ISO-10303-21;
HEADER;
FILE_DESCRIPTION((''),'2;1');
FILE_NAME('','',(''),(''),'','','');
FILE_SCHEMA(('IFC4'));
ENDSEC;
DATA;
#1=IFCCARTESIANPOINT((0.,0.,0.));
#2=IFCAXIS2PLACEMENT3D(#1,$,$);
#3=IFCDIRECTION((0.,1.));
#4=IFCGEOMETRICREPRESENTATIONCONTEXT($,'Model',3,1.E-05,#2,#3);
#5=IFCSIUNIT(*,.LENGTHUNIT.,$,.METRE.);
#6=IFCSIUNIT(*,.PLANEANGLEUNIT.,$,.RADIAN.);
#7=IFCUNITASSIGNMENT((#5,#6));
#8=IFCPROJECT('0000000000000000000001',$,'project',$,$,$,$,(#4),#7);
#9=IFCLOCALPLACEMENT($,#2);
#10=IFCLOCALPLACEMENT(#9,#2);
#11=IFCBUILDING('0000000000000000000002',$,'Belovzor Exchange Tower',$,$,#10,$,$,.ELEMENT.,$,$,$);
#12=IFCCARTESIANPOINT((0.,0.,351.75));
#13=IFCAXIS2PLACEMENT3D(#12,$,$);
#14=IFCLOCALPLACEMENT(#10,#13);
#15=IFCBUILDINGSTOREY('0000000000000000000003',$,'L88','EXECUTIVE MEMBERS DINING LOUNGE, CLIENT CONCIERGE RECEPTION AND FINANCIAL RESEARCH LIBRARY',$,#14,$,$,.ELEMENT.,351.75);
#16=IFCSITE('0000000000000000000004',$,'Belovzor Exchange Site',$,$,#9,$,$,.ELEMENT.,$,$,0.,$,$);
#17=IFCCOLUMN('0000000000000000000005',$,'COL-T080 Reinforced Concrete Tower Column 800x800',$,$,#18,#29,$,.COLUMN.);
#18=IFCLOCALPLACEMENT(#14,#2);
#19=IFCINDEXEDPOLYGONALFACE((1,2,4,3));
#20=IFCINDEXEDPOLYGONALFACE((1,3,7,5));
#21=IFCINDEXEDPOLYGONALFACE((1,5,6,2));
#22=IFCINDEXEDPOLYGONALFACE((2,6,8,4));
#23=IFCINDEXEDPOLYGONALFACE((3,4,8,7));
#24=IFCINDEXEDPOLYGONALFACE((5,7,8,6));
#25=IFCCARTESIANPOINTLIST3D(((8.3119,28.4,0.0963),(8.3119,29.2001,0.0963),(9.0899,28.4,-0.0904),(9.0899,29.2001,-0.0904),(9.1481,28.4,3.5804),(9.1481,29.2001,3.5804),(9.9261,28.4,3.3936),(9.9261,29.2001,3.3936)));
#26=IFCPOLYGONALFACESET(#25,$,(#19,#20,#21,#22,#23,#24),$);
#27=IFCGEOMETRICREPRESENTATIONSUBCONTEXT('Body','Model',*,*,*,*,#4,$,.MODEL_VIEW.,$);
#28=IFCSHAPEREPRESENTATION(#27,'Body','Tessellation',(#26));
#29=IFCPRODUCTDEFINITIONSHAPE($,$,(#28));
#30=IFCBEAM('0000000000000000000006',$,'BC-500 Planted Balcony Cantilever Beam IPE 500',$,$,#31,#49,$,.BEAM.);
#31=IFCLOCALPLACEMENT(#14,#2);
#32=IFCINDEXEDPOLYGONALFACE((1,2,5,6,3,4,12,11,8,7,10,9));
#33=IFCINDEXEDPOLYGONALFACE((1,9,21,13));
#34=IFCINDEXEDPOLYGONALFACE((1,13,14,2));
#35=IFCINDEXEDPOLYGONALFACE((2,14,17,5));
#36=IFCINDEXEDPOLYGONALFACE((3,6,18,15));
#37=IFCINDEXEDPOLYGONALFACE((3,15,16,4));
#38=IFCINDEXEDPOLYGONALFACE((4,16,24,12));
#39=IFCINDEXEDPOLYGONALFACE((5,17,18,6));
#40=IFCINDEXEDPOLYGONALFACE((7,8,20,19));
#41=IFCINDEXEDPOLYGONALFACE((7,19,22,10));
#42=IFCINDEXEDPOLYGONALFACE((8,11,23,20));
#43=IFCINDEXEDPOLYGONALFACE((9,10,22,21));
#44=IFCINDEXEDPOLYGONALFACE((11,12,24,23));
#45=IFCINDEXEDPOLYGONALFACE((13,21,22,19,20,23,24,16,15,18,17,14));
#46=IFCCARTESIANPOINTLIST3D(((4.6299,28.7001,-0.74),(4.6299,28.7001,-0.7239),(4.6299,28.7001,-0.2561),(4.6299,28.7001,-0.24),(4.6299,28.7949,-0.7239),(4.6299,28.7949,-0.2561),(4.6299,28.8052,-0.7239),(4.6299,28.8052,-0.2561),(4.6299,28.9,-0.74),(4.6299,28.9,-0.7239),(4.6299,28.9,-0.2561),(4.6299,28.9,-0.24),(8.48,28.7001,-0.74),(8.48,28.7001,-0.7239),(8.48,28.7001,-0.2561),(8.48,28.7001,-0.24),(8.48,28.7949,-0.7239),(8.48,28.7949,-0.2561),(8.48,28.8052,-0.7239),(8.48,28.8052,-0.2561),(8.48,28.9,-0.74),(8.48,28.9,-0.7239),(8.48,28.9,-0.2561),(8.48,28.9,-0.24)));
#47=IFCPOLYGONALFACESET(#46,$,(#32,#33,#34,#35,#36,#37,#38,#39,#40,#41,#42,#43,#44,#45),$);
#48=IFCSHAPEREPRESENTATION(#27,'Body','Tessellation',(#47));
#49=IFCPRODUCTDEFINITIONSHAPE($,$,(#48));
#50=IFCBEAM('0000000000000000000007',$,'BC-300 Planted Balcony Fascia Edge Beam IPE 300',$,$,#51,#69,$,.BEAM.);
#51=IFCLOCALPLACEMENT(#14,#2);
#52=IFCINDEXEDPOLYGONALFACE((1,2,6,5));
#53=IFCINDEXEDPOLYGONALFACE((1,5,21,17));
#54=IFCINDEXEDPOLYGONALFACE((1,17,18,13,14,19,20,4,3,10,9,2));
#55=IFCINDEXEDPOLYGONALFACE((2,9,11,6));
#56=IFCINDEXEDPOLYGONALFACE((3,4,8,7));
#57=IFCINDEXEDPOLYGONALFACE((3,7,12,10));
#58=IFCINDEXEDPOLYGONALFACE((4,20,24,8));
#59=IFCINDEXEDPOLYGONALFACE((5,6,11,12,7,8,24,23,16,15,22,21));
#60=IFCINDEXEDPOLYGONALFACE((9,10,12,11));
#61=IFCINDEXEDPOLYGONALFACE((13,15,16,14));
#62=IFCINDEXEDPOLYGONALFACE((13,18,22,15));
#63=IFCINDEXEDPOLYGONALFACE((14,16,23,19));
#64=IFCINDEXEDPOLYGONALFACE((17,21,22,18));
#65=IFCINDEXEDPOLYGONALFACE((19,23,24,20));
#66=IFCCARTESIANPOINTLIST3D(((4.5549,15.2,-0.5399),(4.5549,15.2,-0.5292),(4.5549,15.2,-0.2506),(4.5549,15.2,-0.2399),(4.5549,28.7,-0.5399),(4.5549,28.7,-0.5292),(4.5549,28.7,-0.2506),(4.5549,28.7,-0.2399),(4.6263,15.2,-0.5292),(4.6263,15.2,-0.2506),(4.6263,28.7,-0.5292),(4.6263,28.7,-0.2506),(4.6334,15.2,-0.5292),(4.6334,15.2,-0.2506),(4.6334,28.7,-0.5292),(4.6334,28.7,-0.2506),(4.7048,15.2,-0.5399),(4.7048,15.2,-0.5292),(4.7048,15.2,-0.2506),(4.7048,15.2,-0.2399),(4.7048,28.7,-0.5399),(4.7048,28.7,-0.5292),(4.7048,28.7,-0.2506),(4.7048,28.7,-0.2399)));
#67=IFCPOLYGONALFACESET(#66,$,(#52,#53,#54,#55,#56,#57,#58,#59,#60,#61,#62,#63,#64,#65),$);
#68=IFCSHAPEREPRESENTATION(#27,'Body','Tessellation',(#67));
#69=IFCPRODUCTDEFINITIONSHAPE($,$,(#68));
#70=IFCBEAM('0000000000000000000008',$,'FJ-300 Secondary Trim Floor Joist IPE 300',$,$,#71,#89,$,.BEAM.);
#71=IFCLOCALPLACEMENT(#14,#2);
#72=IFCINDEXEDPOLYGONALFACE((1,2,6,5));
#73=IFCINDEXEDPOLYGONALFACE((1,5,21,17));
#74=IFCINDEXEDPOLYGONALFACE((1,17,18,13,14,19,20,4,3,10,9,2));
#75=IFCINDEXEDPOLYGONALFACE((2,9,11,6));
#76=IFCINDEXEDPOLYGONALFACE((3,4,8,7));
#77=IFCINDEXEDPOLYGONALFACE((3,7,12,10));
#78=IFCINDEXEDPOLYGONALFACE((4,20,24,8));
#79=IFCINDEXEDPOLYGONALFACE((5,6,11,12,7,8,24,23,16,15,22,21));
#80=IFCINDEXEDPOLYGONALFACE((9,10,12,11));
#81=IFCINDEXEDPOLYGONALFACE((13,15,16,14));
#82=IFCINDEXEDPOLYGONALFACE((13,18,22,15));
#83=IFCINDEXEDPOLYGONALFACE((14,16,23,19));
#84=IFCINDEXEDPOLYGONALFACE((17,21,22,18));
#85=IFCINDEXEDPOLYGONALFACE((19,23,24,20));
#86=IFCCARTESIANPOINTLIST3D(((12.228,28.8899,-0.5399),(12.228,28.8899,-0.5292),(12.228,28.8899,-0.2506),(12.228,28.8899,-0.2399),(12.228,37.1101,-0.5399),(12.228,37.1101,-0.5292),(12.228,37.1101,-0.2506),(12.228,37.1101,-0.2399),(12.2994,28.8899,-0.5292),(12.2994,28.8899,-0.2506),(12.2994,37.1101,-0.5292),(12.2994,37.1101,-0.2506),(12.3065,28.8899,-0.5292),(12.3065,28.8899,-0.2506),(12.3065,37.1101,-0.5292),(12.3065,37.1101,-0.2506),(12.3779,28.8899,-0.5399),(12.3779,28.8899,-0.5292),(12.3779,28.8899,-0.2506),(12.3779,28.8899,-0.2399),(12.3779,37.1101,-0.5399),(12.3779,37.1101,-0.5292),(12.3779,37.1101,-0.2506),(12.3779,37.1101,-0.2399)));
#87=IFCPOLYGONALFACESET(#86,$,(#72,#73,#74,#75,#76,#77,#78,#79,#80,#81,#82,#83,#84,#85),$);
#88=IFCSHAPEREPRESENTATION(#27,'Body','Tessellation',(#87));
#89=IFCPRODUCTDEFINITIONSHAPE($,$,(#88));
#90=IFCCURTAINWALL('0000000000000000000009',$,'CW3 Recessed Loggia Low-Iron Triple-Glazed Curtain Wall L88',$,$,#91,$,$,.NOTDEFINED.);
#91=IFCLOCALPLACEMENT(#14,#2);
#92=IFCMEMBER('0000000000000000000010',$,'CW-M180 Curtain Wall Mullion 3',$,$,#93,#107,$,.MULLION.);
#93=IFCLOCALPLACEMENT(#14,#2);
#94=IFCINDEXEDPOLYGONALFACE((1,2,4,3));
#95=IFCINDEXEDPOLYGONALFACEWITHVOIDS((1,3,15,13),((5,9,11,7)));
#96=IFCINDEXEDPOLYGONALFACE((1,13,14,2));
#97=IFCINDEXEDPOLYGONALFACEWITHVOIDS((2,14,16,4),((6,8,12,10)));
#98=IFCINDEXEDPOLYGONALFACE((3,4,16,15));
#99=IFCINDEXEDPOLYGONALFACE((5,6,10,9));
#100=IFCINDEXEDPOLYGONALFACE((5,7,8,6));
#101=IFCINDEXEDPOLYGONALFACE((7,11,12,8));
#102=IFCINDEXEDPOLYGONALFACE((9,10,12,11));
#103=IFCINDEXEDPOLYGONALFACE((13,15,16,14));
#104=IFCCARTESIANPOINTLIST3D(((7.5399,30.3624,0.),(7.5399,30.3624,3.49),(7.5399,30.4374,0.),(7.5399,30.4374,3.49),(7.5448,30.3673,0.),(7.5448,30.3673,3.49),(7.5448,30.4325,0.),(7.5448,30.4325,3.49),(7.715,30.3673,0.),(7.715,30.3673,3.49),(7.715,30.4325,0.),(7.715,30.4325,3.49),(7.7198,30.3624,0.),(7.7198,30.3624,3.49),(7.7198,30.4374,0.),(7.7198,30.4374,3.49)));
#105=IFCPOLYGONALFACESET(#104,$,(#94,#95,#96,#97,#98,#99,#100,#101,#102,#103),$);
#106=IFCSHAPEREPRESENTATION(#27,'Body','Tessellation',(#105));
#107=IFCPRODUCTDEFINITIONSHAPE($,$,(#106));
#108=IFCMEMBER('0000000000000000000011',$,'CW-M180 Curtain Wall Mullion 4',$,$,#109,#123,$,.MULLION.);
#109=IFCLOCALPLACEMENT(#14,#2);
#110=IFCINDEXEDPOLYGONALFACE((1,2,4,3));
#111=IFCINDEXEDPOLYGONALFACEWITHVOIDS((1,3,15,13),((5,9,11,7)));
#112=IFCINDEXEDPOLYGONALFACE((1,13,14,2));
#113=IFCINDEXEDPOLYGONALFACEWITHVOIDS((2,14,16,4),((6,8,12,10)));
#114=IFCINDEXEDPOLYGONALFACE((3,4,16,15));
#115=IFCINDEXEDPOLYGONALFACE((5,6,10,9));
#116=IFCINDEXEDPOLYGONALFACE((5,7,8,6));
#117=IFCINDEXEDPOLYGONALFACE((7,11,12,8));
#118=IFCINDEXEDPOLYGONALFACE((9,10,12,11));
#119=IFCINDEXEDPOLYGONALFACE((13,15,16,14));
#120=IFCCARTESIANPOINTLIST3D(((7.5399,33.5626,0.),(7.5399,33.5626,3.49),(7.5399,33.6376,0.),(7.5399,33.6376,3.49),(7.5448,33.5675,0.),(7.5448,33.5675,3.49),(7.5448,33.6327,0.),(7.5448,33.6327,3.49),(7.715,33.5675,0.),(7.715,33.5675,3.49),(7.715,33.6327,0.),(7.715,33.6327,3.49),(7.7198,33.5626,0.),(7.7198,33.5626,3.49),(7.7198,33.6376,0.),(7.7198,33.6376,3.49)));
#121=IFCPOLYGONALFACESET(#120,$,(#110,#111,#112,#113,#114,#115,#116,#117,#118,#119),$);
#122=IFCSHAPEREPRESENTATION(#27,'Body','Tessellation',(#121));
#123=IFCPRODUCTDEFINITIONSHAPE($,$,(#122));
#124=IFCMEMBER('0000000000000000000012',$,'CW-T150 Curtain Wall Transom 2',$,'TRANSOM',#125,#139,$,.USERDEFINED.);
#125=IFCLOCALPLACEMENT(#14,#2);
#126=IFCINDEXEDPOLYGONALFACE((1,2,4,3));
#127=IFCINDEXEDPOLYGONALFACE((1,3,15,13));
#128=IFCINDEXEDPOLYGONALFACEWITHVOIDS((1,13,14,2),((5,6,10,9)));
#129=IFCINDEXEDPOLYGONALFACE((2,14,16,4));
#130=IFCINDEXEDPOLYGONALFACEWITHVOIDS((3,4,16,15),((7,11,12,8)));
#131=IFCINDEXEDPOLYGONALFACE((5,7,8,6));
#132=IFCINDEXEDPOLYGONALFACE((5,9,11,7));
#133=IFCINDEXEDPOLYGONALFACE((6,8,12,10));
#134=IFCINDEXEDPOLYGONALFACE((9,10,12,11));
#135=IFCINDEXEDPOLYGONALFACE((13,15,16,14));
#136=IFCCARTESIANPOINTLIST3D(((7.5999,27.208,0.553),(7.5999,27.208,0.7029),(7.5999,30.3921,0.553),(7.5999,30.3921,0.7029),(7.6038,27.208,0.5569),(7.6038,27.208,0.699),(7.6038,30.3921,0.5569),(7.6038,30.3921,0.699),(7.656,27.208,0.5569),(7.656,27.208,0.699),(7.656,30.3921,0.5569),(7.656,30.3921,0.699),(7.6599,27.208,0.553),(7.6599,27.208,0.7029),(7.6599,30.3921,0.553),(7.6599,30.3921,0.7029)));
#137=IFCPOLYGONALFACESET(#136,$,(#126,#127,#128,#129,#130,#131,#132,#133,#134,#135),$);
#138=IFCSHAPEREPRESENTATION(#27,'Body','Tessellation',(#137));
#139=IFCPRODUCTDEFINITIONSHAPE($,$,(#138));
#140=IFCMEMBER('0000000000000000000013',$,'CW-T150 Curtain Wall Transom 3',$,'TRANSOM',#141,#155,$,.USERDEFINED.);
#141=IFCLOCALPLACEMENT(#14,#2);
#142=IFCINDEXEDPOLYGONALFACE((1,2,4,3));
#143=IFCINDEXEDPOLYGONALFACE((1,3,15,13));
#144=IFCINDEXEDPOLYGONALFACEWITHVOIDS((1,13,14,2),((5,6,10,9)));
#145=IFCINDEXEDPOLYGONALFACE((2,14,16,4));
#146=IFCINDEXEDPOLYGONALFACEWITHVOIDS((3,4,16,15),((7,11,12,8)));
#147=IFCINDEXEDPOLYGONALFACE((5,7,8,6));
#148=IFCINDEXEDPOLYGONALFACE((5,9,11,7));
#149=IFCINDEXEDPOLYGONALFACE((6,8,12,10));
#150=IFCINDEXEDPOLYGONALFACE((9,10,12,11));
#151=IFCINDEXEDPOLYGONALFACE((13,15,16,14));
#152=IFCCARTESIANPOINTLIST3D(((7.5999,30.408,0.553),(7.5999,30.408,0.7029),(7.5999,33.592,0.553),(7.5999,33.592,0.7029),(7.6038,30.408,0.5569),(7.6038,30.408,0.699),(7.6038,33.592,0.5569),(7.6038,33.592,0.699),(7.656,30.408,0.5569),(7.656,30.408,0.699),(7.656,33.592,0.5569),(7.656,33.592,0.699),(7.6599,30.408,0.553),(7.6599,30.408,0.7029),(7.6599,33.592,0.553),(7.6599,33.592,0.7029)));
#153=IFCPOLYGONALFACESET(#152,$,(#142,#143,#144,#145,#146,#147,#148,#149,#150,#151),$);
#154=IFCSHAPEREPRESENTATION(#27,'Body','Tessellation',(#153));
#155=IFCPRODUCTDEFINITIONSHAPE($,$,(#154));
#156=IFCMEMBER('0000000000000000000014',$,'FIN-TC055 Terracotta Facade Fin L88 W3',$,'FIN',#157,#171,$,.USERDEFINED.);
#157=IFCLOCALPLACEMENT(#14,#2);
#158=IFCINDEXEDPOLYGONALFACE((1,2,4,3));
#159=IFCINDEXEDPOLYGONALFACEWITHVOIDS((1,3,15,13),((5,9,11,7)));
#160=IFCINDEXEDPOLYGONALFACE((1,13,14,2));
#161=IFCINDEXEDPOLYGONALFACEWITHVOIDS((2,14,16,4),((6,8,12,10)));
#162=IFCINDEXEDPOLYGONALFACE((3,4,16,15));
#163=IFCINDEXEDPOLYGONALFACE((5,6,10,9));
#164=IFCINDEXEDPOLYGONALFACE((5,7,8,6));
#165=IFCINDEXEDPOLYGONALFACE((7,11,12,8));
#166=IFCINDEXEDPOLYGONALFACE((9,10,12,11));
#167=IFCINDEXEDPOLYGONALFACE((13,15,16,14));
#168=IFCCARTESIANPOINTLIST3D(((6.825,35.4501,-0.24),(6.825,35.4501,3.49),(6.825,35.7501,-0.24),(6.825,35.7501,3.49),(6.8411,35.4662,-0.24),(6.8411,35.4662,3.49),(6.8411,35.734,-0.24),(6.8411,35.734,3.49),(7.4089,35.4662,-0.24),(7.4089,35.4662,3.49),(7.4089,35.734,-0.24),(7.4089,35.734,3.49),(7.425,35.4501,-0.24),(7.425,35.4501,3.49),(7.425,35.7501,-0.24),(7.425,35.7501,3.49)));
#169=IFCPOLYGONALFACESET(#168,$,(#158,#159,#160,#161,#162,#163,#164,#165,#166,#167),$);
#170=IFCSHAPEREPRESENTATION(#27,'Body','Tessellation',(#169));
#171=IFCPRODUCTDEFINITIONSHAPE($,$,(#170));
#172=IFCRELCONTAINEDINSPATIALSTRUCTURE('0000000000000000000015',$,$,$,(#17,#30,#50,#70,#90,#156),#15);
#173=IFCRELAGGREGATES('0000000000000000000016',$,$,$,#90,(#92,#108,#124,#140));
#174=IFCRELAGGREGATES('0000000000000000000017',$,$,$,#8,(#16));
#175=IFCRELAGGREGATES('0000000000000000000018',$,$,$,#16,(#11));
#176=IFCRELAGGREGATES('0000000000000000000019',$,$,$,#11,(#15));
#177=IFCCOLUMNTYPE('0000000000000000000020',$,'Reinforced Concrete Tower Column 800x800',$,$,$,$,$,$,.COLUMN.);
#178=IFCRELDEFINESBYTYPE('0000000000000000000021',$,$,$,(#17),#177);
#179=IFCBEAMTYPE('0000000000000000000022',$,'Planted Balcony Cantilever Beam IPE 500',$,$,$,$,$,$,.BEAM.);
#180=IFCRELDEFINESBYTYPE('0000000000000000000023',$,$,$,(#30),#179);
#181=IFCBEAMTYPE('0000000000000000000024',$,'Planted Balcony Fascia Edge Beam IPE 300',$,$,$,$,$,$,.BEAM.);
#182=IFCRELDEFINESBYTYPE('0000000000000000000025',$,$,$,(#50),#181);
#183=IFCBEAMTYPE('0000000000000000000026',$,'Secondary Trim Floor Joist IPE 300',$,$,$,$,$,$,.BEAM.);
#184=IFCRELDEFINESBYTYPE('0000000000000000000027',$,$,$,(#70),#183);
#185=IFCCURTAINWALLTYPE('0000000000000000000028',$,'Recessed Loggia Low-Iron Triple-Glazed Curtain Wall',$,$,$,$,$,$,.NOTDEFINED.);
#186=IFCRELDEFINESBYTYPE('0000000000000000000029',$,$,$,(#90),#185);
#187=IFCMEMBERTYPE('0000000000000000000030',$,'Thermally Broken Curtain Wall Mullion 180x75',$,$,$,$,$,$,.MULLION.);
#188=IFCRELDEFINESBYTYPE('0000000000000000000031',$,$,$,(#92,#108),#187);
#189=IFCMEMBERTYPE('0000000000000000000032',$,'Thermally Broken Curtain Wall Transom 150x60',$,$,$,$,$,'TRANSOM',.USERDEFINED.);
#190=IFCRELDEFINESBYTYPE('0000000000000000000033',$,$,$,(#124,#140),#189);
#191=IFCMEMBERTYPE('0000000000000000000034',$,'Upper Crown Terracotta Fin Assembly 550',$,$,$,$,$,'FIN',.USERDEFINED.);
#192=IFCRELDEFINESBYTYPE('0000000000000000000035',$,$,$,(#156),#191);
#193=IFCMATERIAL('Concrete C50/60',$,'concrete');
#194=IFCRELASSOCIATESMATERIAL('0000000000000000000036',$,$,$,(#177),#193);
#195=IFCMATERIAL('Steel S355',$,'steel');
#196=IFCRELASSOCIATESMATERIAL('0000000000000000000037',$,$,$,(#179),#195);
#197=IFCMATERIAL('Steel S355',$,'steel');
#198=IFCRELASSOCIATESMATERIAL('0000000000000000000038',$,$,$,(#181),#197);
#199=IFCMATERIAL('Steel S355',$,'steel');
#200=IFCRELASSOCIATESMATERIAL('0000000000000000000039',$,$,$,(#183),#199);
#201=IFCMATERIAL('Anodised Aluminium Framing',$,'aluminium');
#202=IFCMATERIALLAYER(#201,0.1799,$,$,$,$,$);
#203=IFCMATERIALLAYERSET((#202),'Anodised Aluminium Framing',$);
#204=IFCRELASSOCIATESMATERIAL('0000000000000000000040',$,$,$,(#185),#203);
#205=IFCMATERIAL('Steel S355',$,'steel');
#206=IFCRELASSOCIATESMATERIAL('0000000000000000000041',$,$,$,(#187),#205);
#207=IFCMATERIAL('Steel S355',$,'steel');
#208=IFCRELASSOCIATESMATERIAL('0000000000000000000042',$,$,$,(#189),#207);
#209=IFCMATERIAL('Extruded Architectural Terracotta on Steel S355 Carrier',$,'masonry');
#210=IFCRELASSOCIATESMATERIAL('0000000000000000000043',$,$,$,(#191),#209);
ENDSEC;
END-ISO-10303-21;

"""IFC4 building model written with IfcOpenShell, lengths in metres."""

from ifc_helpers import new_model, si_unit, direction, frame, origin, origin_2d, place, context, subcontext, project, spatial, rectangle, hollow_rectangle, i_section, extrude, material, layer, layer_set, material_profile, profile_set, type_object, element, aggregate, save


model = new_model("IFC4")

# Units and contexts
model_context = context("Model", 3, precision=1e-05, world=origin(), true_north=direction((0.0, 1.0)))
body_context = subcontext(model_context, "Body", "Model", "MODEL_VIEW")
ifc_project = project(units=[si_unit("LENGTHUNIT", "METRE"), si_unit("PLANEANGLEUNIT", "RADIAN")], contexts=[model_context])

# Site, building, storey
site_placement = place(None, origin())
site = spatial("IfcSite", under=ifc_project, at=site_placement, Name="Belovzor Exchange Site", CompositionType="ELEMENT", RefElevation=0.0)
building_placement = place(site_placement, origin())
building = spatial("IfcBuilding", under=site, at=building_placement, Name="Belovzor Exchange Tower", CompositionType="ELEMENT")
storey_placement = place(building_placement, frame((0.0, 0.0, 351.75)))
storey = spatial("IfcBuildingStorey", under=building, at=storey_placement, Name="L88", Description="EXECUTIVE MEMBERS DINING LOUNGE, CLIENT CONCIERGE RECEPTION AND FINANCIAL RESEARCH LIBRARY", CompositionType="ELEMENT", Elevation=351.75)

# Column
ifc_material_1 = material(Name="Concrete C50/60", Category="concrete")
ifc_material_profile_1 = material_profile(ifc_material_1, rectangle(XDim=0.8, YDim=0.8, at=origin_2d()))
ifc_profile_set_1 = profile_set([ifc_material_profile_1], Name="Concrete C50/60")
column_type = type_object("IfcColumnType", Name="Reinforced Concrete Tower Column 800x800", PredefinedType="COLUMN", material=ifc_profile_set_1)
column_placement = place(storey_placement, frame((8.7009, 28.8, 0.0029), z_axis=(0.23337, 0.0, 0.972388), x_axis=(0.0, 1.0, 0.0)))
element("IfcColumn", 1, at=column_placement, inside=storey, type_object=column_type, Name="COL-T080 Reinforced Concrete Tower Column 800x800", PredefinedType="COLUMN", context=body_context, shape_type="SweptSolid", body=[
    extrude(rectangle(XDim=0.8, YDim=0.8, at=origin_2d()), origin(), (0.0, 0.0, 1.0), 3.583),
])

# Beams
ifc_material_2 = material(Name="Steel S355", Category="steel")
ifc_material_profile_2 = material_profile(ifc_material_2, i_section(OverallWidth=0.2, OverallDepth=0.5, WebThickness=0.0103, FlangeThickness=0.0161, at=origin_2d()))
ifc_profile_set_2 = profile_set([ifc_material_profile_2], Name="Steel S355")
beam_type_1 = type_object("IfcBeamType", Name="Planted Balcony Cantilever Beam IPE 500", PredefinedType="BEAM", material=ifc_profile_set_2)
beam_1_placement = place(storey_placement, frame((8.48, 28.8, -0.49), z_axis=(-1.0, 0.0, 0.0), x_axis=(0.0, -1.0, 0.0)))
element("IfcBeam", 2, at=beam_1_placement, inside=storey, type_object=beam_type_1, Name="BC-500 Planted Balcony Cantilever Beam IPE 500", PredefinedType="BEAM", context=body_context, shape_type="SweptSolid", body=[
    extrude(i_section(OverallWidth=0.2, OverallDepth=0.5, WebThickness=0.0103, FlangeThickness=0.0161, at=origin_2d()), origin(), (0.0, 0.0, 1.0), 3.8501),
])
ifc_material_3 = material(Name="Steel S355", Category="steel")
ifc_material_profile_3 = material_profile(ifc_material_3, i_section(OverallWidth=0.1499, OverallDepth=0.3, WebThickness=0.0071, FlangeThickness=0.0107, at=origin_2d()))
ifc_profile_set_3 = profile_set([ifc_material_profile_3], Name="Steel S355")
beam_type_2 = type_object("IfcBeamType", Name="Planted Balcony Fascia Edge Beam IPE 300", PredefinedType="BEAM", material=ifc_profile_set_3)
beam_2_placement = place(storey_placement, frame((4.6299, 28.7, -0.3899), z_axis=(0.0, -1.0, 0.0), x_axis=(1.0, 0.0, 0.0)))
element("IfcBeam", 3, at=beam_2_placement, inside=storey, type_object=beam_type_2, Name="BC-300 Planted Balcony Fascia Edge Beam IPE 300", PredefinedType="BEAM", context=body_context, shape_type="SweptSolid", body=[
    extrude(i_section(OverallWidth=0.1499, OverallDepth=0.3, WebThickness=0.0071, FlangeThickness=0.0107, at=origin_2d()), origin(), (0.0, 0.0, 1.0), 13.5),
])
ifc_material_4 = material(Name="Steel S355", Category="steel")
ifc_material_profile_4 = material_profile(ifc_material_4, i_section(OverallWidth=0.1499, OverallDepth=0.3, WebThickness=0.0071, FlangeThickness=0.0107, at=origin_2d()))
ifc_profile_set_4 = profile_set([ifc_material_profile_4], Name="Steel S355")
beam_type_3 = type_object("IfcBeamType", Name="Secondary Trim Floor Joist IPE 300", PredefinedType="BEAM", material=ifc_profile_set_4)
beam_3_placement = place(storey_placement, frame((12.303, 28.8899, -0.3899), z_axis=(0.0, 1.0, 0.0), x_axis=(-1.0, 0.0, 0.0)))
element("IfcBeam", 4, at=beam_3_placement, inside=storey, type_object=beam_type_3, Name="FJ-300 Secondary Trim Floor Joist IPE 300", PredefinedType="BEAM", context=body_context, shape_type="SweptSolid", body=[
    extrude(i_section(OverallWidth=0.1499, OverallDepth=0.3, WebThickness=0.0071, FlangeThickness=0.0107, at=origin_2d()), origin(), (0.0, 0.0, 1.0), 8.2202),
])

# Curtain wall, members
ifc_material_5 = material(Name="Anodised Aluminium Framing", Category="aluminium")
ifc_layer_1 = layer(ifc_material_5, 0.1799)
ifc_layer_set_1 = layer_set([ifc_layer_1], Name="Anodised Aluminium Framing")
curtain_wall_type = type_object("IfcCurtainWallType", Name="Recessed Loggia Low-Iron Triple-Glazed Curtain Wall", PredefinedType="NOTDEFINED", material=ifc_layer_set_1)
curtain_wall_placement = place(storey_placement, origin())
curtain_wall = element("IfcCurtainWall", 5, at=curtain_wall_placement, inside=storey, type_object=curtain_wall_type, Name="CW3 Recessed Loggia Low-Iron Triple-Glazed Curtain Wall L88", PredefinedType="NOTDEFINED")
ifc_material_6 = material(Name="Steel S355", Category="steel")
ifc_material_profile_5 = material_profile(ifc_material_6, hollow_rectangle(XDim=0.075, YDim=0.1799, WallThickness=0.0049, at=origin_2d()))
ifc_profile_set_5 = profile_set([ifc_material_profile_5], Name="Steel S355")
member_type_1 = type_object("IfcMemberType", Name="Thermally Broken Curtain Wall Mullion 180x75", PredefinedType="MULLION", material=ifc_profile_set_5)
member_1_placement = place(storey_placement, frame((7.6299, 30.3999, 0.0), z_axis=(0.0, 0.0, 1.0), x_axis=(0.0, 1.0, 0.0)))
member_1 = element("IfcMember", 6, at=member_1_placement, type_object=member_type_1, Name="CW-M180 Curtain Wall Mullion 3", PredefinedType="MULLION", context=body_context, shape_type="SweptSolid", body=[
    extrude(hollow_rectangle(XDim=0.075, YDim=0.1799, WallThickness=0.0049, at=origin_2d()), origin(), (0.0, 0.0, 1.0), 3.49),
])
member_2_placement = place(storey_placement, frame((7.6299, 33.6001, 0.0), z_axis=(0.0, 0.0, 1.0), x_axis=(0.0, 1.0, 0.0)))
member_2 = element("IfcMember", 7, at=member_2_placement, type_object=member_type_1, Name="CW-M180 Curtain Wall Mullion 4", PredefinedType="MULLION", context=body_context, shape_type="SweptSolid", body=[
    extrude(hollow_rectangle(XDim=0.075, YDim=0.1799, WallThickness=0.0049, at=origin_2d()), origin(), (0.0, 0.0, 1.0), 3.49),
])
ifc_material_7 = material(Name="Steel S355", Category="steel")
ifc_material_profile_6 = material_profile(ifc_material_7, hollow_rectangle(XDim=0.0601, YDim=0.1499, WallThickness=0.0039, at=origin_2d()))
ifc_profile_set_6 = profile_set([ifc_material_profile_6], Name="Steel S355")
member_type_2 = type_object("IfcMemberType", Name="Thermally Broken Curtain Wall Transom 150x60", ElementType="TRANSOM", PredefinedType="USERDEFINED", material=ifc_profile_set_6)
member_3_placement = place(storey_placement, frame((7.6299, 27.208, 0.6279), z_axis=(0.0, 1.0, 0.0), x_axis=(-1.0, 0.0, 0.0)))
member_3 = element("IfcMember", 8, at=member_3_placement, type_object=member_type_2, Name="CW-T150 Curtain Wall Transom 2", ObjectType="TRANSOM", PredefinedType="USERDEFINED", context=body_context, shape_type="SweptSolid", body=[
    extrude(hollow_rectangle(XDim=0.0601, YDim=0.1499, WallThickness=0.0039, at=origin_2d()), origin(), (0.0, 0.0, 1.0), 3.1841),
])
member_4_placement = place(storey_placement, frame((7.6299, 30.408, 0.6279), z_axis=(0.0, 1.0, 0.0), x_axis=(-1.0, 0.0, 0.0)))
member_4 = element("IfcMember", 9, at=member_4_placement, type_object=member_type_2, Name="CW-T150 Curtain Wall Transom 3", ObjectType="TRANSOM", PredefinedType="USERDEFINED", context=body_context, shape_type="SweptSolid", body=[
    extrude(hollow_rectangle(XDim=0.0601, YDim=0.1499, WallThickness=0.0039, at=origin_2d()), origin(), (0.0, 0.0, 1.0), 3.1841),
])

# Member
ifc_material_8 = material(Name="Extruded Architectural Terracotta on Steel S355 Carrier", Category="masonry")
ifc_material_profile_7 = material_profile(ifc_material_8, hollow_rectangle(XDim=0.3, YDim=0.6001, WallThickness=0.0161, at=origin_2d()))
ifc_profile_set_7 = profile_set([ifc_material_profile_7], Name="Extruded Architectural Terracotta on Steel S355 Carrier")
member_type_3 = type_object("IfcMemberType", Name="Upper Crown Terracotta Fin Assembly 550", ElementType="FIN", PredefinedType="USERDEFINED", material=ifc_profile_set_7)
member_5_placement = place(storey_placement, frame((7.125, 35.6001, -0.24), z_axis=(0.0, 0.0, 1.0), x_axis=(0.0, 1.0, 0.0)))
element("IfcMember", 10, at=member_5_placement, inside=storey, type_object=member_type_3, Name="FIN-TC055 Terracotta Facade Fin L88 W3", ObjectType="FIN", PredefinedType="USERDEFINED", context=body_context, shape_type="SweptSolid", body=[
    extrude(hollow_rectangle(XDim=0.3, YDim=0.6001, WallThickness=0.0161, at=origin_2d()), origin(), (0.0, 0.0, 1.0), 3.73),
])

aggregate(curtain_wall, [member_1, member_2, member_3, member_4])

save(model, "model.ifc")
